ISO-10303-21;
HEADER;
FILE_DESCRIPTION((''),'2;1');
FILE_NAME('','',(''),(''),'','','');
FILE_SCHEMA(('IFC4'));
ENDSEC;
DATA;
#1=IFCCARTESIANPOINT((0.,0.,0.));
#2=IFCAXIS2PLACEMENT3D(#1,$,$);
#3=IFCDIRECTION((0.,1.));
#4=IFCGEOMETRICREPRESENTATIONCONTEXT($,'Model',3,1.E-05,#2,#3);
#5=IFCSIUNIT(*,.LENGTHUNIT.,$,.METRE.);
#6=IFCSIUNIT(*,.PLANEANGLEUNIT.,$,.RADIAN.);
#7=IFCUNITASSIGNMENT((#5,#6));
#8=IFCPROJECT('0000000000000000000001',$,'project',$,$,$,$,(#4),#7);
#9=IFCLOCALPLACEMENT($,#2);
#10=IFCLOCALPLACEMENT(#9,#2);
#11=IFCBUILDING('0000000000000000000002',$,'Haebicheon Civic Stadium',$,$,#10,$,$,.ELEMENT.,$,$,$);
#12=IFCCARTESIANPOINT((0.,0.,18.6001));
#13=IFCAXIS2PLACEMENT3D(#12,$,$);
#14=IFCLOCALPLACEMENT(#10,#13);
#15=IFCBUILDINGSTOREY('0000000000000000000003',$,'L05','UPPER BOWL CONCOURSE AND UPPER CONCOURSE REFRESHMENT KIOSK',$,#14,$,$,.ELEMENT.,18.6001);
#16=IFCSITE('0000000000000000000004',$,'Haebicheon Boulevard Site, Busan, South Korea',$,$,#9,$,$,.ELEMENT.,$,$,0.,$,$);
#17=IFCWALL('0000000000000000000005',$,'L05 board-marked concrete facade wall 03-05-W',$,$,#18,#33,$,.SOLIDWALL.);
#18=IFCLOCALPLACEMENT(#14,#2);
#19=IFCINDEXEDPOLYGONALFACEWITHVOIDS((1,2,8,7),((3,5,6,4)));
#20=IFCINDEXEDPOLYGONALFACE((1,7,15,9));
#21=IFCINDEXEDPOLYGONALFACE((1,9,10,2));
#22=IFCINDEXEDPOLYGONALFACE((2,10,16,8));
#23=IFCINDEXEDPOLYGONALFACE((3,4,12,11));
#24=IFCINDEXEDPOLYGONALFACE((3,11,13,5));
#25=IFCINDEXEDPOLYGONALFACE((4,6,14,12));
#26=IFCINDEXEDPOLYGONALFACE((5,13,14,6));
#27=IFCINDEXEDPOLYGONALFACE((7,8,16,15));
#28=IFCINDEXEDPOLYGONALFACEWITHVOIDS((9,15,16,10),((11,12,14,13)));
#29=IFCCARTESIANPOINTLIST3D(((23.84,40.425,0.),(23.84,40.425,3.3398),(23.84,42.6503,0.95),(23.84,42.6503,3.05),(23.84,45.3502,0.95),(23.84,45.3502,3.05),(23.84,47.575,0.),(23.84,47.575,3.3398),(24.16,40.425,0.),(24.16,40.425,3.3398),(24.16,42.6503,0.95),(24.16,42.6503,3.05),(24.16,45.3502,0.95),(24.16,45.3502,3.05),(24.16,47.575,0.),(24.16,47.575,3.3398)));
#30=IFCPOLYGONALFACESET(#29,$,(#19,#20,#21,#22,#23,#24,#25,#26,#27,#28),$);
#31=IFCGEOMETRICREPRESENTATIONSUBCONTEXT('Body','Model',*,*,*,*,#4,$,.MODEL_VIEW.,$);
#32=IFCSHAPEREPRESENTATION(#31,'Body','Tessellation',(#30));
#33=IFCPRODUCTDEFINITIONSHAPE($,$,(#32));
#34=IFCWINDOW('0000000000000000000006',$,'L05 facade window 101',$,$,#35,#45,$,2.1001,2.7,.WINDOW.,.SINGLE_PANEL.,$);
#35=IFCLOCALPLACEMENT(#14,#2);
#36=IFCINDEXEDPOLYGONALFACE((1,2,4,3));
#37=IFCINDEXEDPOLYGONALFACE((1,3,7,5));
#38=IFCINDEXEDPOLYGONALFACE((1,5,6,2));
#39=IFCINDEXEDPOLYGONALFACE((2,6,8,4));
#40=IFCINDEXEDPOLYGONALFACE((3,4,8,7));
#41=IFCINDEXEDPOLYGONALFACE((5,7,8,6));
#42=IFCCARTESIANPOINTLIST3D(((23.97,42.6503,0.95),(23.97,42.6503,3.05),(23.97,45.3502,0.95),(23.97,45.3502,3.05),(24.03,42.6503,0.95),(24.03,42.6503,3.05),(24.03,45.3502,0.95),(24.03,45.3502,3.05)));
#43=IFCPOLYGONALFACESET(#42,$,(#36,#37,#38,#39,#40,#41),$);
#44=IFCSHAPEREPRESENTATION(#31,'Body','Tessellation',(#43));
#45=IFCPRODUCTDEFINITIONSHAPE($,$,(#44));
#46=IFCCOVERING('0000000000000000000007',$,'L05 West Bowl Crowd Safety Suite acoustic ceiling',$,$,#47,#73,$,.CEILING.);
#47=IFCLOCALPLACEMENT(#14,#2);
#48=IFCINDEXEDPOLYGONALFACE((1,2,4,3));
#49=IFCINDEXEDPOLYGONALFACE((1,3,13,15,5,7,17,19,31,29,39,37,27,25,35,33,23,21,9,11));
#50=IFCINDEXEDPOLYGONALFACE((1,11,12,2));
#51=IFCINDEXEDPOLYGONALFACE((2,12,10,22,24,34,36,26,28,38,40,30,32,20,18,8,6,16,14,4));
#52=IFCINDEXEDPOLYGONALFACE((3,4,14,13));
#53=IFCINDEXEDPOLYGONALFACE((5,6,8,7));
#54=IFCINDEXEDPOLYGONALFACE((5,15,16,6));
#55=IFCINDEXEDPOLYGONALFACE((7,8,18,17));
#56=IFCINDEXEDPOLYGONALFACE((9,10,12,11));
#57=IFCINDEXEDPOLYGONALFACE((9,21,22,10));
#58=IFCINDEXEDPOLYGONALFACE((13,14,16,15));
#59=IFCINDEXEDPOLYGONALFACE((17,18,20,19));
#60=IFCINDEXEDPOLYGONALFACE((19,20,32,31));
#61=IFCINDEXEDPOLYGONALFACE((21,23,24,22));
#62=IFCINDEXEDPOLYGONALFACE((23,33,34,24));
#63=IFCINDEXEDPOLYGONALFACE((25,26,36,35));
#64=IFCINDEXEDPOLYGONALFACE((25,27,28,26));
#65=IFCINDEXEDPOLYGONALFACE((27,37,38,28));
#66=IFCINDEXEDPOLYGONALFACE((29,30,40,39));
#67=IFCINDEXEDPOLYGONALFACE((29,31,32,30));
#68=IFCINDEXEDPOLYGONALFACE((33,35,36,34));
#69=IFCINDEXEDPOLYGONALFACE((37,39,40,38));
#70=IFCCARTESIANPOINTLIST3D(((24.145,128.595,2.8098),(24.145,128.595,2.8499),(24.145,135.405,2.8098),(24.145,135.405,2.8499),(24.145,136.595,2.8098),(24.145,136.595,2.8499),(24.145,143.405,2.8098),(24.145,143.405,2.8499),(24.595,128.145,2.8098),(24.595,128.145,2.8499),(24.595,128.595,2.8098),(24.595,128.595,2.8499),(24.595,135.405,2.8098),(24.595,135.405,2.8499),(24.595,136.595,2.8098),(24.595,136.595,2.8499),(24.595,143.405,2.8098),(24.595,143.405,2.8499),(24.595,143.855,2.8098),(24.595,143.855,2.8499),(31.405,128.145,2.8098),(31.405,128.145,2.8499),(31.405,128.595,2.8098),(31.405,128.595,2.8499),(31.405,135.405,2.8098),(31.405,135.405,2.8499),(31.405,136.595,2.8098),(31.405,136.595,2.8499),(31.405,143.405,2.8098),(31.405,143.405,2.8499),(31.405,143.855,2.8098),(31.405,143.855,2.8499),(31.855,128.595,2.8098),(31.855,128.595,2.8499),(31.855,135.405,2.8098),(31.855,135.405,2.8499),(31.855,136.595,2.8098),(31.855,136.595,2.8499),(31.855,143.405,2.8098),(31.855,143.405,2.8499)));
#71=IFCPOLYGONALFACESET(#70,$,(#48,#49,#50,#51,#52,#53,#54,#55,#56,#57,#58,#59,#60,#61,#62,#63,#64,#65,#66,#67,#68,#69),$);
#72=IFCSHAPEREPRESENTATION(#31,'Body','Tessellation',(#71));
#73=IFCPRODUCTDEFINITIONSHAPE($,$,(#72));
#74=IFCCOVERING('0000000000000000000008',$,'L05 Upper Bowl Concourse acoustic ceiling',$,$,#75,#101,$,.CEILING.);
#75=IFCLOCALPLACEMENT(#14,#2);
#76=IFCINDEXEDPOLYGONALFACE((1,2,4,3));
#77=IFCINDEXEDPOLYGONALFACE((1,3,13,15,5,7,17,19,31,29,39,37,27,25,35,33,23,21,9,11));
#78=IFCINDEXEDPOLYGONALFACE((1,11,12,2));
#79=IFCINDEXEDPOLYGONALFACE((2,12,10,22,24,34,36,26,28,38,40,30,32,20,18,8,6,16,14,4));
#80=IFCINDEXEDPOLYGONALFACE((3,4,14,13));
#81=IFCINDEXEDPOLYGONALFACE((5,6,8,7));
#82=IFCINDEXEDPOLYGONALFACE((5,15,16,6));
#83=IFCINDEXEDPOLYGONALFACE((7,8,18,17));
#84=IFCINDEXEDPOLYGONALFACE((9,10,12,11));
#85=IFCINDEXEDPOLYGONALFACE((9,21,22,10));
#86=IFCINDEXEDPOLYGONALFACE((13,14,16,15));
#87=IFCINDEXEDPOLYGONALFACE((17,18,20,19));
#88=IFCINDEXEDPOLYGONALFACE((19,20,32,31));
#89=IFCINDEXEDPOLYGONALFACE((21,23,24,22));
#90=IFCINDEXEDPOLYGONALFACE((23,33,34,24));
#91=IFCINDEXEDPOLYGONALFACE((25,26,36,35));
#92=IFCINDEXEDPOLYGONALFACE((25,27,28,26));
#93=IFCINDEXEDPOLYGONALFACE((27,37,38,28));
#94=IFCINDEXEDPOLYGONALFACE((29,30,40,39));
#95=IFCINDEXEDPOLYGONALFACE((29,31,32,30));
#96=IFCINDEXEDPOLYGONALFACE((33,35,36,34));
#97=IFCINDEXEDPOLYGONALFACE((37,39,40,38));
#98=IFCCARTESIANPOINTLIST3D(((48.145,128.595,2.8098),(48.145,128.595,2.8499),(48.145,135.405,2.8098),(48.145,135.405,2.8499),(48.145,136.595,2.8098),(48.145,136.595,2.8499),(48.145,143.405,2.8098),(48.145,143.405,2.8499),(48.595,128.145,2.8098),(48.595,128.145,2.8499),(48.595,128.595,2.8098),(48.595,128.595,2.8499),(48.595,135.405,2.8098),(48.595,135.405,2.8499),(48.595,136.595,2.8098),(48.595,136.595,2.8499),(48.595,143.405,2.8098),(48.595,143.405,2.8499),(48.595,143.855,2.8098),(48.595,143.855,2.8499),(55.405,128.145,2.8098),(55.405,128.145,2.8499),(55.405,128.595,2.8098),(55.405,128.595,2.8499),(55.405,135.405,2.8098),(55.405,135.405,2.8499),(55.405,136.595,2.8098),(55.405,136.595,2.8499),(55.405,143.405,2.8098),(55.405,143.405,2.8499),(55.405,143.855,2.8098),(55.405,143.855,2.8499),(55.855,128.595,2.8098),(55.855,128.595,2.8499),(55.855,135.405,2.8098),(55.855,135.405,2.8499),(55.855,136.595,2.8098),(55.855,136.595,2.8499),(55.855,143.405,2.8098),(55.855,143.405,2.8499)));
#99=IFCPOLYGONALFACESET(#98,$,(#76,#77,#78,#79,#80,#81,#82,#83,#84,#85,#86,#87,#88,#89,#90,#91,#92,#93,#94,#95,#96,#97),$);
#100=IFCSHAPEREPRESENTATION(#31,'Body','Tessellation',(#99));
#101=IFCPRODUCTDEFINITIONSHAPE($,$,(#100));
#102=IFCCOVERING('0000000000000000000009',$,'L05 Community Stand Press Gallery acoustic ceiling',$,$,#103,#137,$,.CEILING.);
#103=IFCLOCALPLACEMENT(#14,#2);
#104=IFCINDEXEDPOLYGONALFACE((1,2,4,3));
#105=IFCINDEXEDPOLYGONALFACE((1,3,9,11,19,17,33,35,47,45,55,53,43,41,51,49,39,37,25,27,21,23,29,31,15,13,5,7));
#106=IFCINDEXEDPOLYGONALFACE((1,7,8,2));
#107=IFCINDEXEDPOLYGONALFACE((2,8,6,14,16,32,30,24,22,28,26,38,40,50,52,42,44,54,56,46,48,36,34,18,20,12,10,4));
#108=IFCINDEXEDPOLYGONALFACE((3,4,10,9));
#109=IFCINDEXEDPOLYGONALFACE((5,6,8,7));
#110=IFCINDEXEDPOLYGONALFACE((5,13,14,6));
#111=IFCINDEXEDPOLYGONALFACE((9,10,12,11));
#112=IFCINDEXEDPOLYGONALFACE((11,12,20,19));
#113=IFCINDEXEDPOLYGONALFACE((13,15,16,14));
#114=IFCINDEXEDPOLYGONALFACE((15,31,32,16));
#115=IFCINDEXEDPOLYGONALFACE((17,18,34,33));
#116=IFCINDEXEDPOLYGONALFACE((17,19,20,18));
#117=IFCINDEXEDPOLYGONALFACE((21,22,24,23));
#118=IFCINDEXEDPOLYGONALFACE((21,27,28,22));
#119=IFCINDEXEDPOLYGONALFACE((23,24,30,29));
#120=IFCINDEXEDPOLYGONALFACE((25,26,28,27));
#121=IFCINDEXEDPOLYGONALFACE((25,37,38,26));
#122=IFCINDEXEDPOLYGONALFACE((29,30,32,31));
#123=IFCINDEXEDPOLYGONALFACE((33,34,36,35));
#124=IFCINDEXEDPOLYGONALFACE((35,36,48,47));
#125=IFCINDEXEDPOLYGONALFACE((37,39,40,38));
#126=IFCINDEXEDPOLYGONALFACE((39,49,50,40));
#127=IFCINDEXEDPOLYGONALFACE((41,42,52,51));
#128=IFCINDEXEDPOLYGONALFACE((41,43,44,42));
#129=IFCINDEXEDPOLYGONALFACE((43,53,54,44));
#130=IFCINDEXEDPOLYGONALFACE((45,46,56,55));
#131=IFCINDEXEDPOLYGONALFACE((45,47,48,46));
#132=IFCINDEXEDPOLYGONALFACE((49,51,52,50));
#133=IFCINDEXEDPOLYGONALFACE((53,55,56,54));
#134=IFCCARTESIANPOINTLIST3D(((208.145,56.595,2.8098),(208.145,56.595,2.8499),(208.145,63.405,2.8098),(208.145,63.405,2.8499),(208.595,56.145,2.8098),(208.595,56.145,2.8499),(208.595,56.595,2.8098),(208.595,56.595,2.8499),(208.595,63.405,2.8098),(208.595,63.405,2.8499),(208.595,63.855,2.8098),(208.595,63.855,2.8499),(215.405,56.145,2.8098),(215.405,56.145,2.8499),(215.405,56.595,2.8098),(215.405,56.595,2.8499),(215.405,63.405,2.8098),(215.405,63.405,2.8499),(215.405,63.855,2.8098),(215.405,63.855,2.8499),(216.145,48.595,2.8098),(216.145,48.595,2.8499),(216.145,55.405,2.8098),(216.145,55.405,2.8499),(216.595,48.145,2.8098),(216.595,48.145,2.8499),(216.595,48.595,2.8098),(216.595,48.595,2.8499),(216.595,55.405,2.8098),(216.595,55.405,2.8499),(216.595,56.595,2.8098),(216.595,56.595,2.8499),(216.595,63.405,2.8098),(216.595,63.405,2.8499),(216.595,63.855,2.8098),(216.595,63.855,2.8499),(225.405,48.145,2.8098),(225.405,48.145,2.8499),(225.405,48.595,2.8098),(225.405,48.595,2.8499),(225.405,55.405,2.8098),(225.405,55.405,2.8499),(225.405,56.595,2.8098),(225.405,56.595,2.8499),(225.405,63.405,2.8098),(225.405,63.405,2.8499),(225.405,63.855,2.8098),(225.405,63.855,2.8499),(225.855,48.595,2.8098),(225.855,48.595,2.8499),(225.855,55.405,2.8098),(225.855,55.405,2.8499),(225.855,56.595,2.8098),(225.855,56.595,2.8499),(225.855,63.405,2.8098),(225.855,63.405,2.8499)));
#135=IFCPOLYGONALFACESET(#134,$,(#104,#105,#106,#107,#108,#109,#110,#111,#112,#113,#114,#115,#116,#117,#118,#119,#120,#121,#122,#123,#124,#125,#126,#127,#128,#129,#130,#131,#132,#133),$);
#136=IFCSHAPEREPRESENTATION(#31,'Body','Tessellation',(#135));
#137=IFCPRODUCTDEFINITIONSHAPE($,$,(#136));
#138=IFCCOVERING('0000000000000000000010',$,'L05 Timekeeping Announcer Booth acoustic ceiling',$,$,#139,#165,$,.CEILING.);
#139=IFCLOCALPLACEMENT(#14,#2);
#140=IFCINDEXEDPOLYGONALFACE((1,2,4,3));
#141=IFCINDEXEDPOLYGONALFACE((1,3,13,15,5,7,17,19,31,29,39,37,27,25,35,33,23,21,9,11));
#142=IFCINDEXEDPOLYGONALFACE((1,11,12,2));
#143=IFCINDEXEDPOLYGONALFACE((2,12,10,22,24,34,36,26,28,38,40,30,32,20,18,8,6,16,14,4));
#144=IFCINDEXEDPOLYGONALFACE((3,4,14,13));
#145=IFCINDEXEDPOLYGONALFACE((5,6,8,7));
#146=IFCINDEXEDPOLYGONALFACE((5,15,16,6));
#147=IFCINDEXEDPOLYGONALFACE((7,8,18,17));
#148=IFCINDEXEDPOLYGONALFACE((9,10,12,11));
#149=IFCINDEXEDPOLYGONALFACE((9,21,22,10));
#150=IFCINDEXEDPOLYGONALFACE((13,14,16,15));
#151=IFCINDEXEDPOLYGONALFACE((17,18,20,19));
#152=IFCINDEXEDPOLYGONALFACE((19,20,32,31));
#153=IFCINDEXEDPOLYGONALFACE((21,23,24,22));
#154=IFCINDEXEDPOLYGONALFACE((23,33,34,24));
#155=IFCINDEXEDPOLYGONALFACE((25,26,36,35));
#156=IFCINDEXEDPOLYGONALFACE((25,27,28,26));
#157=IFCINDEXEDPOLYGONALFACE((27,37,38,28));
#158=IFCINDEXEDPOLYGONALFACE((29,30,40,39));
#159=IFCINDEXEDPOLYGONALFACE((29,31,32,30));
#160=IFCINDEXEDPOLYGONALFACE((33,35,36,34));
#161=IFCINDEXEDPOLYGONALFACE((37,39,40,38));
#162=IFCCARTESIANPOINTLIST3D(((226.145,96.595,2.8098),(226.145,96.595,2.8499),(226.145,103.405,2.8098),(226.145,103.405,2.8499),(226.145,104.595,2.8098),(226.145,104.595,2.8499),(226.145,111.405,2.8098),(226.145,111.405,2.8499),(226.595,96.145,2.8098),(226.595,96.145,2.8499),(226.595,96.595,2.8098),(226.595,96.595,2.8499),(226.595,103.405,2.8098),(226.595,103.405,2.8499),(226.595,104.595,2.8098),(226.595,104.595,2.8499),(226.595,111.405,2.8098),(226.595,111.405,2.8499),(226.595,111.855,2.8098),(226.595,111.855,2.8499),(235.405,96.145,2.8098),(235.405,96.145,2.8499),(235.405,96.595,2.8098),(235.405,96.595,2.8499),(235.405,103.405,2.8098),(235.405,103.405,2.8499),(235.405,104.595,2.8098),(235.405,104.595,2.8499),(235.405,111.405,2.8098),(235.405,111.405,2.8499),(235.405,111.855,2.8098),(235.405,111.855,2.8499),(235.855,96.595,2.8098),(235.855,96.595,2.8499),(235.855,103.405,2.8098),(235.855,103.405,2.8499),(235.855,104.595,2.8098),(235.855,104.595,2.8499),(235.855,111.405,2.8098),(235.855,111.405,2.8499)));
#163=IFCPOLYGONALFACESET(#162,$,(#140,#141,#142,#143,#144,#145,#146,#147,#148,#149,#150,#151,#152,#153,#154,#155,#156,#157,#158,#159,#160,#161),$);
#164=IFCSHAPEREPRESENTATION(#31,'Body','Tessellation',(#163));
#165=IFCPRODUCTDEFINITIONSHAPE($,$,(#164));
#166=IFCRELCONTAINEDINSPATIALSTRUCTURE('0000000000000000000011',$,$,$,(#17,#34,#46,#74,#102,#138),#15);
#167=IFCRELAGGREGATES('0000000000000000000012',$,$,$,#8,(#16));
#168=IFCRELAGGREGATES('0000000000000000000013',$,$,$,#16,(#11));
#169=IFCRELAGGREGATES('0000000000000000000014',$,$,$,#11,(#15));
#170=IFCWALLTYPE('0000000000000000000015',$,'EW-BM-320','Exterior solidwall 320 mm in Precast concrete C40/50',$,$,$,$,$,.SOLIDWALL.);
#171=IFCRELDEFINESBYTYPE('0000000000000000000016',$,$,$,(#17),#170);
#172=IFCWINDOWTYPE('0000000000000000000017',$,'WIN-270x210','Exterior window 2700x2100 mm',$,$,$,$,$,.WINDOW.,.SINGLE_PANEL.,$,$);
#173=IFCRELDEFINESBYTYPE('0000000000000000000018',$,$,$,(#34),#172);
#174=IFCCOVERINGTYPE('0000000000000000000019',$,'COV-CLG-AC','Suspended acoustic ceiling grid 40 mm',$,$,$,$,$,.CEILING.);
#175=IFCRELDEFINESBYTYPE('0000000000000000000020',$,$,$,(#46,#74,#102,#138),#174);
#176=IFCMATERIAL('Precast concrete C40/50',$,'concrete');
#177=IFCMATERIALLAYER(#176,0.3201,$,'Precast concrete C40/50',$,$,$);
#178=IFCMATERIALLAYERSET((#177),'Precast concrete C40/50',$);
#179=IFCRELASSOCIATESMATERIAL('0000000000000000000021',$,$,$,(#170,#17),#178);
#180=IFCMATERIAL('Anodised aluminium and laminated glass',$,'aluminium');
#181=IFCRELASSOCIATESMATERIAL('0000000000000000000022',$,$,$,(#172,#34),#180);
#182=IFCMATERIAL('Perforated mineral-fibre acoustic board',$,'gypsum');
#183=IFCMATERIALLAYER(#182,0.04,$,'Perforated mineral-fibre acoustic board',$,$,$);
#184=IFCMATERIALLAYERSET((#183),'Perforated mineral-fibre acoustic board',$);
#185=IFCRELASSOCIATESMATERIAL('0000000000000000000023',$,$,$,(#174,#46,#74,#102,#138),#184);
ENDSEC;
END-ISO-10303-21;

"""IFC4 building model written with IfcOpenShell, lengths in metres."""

from ifc_helpers import new_model, si_unit, direction, frame, frame_2d, origin, place, context, subcontext, project, spatial, polyline, rectangle, outline, extrude, material, layer, layer_set, type_object, element, fill, save


model = new_model("IFC4")

# Units and contexts
model_context = context("Model", 3, precision=1e-05, world=origin(), true_north=direction((0.0, 1.0)))
body_context = subcontext(model_context, "Body", "Model", "MODEL_VIEW")
ifc_project = project(units=[si_unit("LENGTHUNIT", "METRE"), si_unit("PLANEANGLEUNIT", "RADIAN")], contexts=[model_context])

# Site, building, storey
site_placement = place(None, origin())
site = spatial("IfcSite", under=ifc_project, at=site_placement, Name="Haebicheon Boulevard Site, Busan, South Korea", CompositionType="ELEMENT", RefElevation=0.0)
building_placement = place(site_placement, origin())
building = spatial("IfcBuilding", under=site, at=building_placement, Name="Haebicheon Civic Stadium", CompositionType="ELEMENT")
storey_placement = place(building_placement, frame((0.0, 0.0, 18.6001)))
storey = spatial("IfcBuildingStorey", under=building, at=storey_placement, Name="L05", Description="UPPER BOWL CONCOURSE AND UPPER CONCOURSE REFRESHMENT KIOSK", CompositionType="ELEMENT", Elevation=18.6001)

# Wall, opening, window
ifc_material_1 = material(Name="Precast concrete C40/50", Category="concrete")
ifc_layer_1 = layer(ifc_material_1, 0.3201, Name="Precast concrete C40/50")
ifc_layer_set_1 = layer_set([ifc_layer_1], Name="Precast concrete C40/50")
wall_type = type_object("IfcWallType", Name="EW-BM-320", Description="Exterior solidwall 320 mm in Precast concrete C40/50", PredefinedType="SOLIDWALL", material=ifc_layer_set_1)
wall_1_placement = place(storey_placement, frame((24.0, 40.425, 0.0), z_axis=(0.0, 0.0, 1.0), x_axis=(0.0, 1.0, 0.0)))
wall_1 = element("IfcWall", 1, at=wall_1_placement, inside=storey, type_object=wall_type, material=ifc_layer_set_1, Name="L05 board-marked concrete facade wall 03-05-W", PredefinedType="SOLIDWALL", context=body_context, shape_type="SweptSolid", body=[
    extrude(rectangle(XDim=7.1499, YDim=0.3201, at=frame_2d((3.575, 0.0))), origin(), (0.0, 0.0, 1.0), 3.3398),
])
opening_1_placement = place(wall_1_placement, frame((2.2251, 0.0, 0.95)))
opening_1 = element("IfcOpeningElement", 2, at=opening_1_placement, cuts=wall_1, PredefinedType="OPENING", context=body_context, shape_type="SweptSolid", body=[
    extrude(rectangle(XDim=2.7, YDim=2.1001, at=frame_2d((1.3501, 1.05))), frame((0.0, 0.1699, 0.0), z_axis=(0.0, -1.0, 0.0), x_axis=(1.0, 0.0, 0.0)), (0.0, 0.0, 1.0), 0.3401),
])
ifc_material_2 = material(Name="Anodised aluminium and laminated glass", Category="aluminium")
window_type_1 = type_object("IfcWindowType", Name="WIN-270x210", Description="Exterior window 2700x2100 mm", PartitioningType="SINGLE_PANEL", PredefinedType="WINDOW", material=ifc_material_2)
window_1_placement = place(opening_1_placement, origin())
window_1 = element("IfcWindow", 3, at=window_1_placement, inside=storey, type_object=window_type_1, material=ifc_material_2, Name="L05 facade window 101", OverallHeight=2.1001, OverallWidth=2.7, PartitioningType="SINGLE_PANEL", PredefinedType="WINDOW", context=body_context, shape_type="SweptSolid", body=[
    extrude(rectangle(XDim=2.7, YDim=2.1001, at=frame_2d((1.3501, 1.05))), frame((0.0, 0.03, 0.0), z_axis=(0.0, -1.0, 0.0), x_axis=(1.0, 0.0, 0.0)), (0.0, 0.0, 1.0), 0.0601),
])
fill(opening_1, window_1)

# Coverings
ifc_material_3 = material(Name="Perforated mineral-fibre acoustic board", Category="gypsum")
ifc_layer_2 = layer(ifc_material_3, 0.04, Name="Perforated mineral-fibre acoustic board")
ifc_layer_set_2 = layer_set([ifc_layer_2], Name="Perforated mineral-fibre acoustic board")
covering_type_1 = type_object("IfcCoveringType", Name="COV-CLG-AC", Description="Suspended acoustic ceiling grid 40 mm", PredefinedType="CEILING", material=ifc_layer_set_2)
covering_1_placement = place(storey_placement, frame((0.0, 0.0, 2.8098)))
element("IfcCovering", 4, at=covering_1_placement, inside=storey, type_object=covering_type_1, material=ifc_layer_set_2, Name="L05 West Bowl Crowd Safety Suite acoustic ceiling", PredefinedType="CEILING", context=body_context, shape_type="SweptSolid", body=[
    extrude(outline(polyline([(24.595, 128.145), (24.595, 128.595), (24.145, 128.595), (24.145, 135.405), (24.595, 135.405), (24.595, 136.595), (24.145, 136.595), (24.145, 143.405), (24.595, 143.405), (24.595, 143.855), (31.405, 143.855), (31.405, 143.405), (31.855, 143.405), (31.855, 136.595), (31.405, 136.595), (31.405, 135.405), (31.855, 135.405), (31.855, 128.595), (31.405, 128.595), (31.405, 128.145), (24.595, 128.145)])), origin(), (0.0, 0.0, 1.0), 0.04),
])
covering_2_placement = place(storey_placement, frame((0.0, 0.0, 2.8098)))
element("IfcCovering", 5, at=covering_2_placement, inside=storey, type_object=covering_type_1, material=ifc_layer_set_2, Name="L05 Upper Bowl Concourse acoustic ceiling", PredefinedType="CEILING", context=body_context, shape_type="SweptSolid", body=[
    extrude(outline(polyline([(48.595, 128.145), (48.595, 128.595), (48.145, 128.595), (48.145, 135.405), (48.595, 135.405), (48.595, 136.595), (48.145, 136.595), (48.145, 143.405), (48.595, 143.405), (48.595, 143.855), (55.405, 143.855), (55.405, 143.405), (55.855, 143.405), (55.855, 136.595), (55.405, 136.595), (55.405, 135.405), (55.855, 135.405), (55.855, 128.595), (55.405, 128.595), (55.405, 128.145), (48.595, 128.145)])), origin(), (0.0, 0.0, 1.0), 0.04),
])
covering_3_placement = place(storey_placement, frame((0.0, 0.0, 2.8098)))
element("IfcCovering", 6, at=covering_3_placement, inside=storey, type_object=covering_type_1, material=ifc_layer_set_2, Name="L05 Community Stand Press Gallery acoustic ceiling", PredefinedType="CEILING", context=body_context, shape_type="SweptSolid", body=[
    extrude(outline(polyline([(216.595, 48.145), (216.595, 48.595), (216.145, 48.595), (216.145, 55.405), (216.595, 55.405), (216.595, 56.595), (215.405, 56.595), (215.405, 56.145), (208.595, 56.145), (208.595, 56.595), (208.145, 56.595), (208.145, 63.405), (208.595, 63.405), (208.595, 63.855), (215.405, 63.855), (215.405, 63.405), (216.595, 63.405), (216.595, 63.855), (225.405, 63.855), (225.405, 63.405), (225.855, 63.405), (225.855, 56.595), (225.405, 56.595), (225.405, 55.405), (225.855, 55.405), (225.855, 48.595), (225.405, 48.595), (225.405, 48.145), (216.595, 48.145)])), origin(), (0.0, 0.0, 1.0), 0.04),
])
covering_4_placement = place(storey_placement, frame((0.0, 0.0, 2.8098)))
element("IfcCovering", 7, at=covering_4_placement, inside=storey, type_object=covering_type_1, material=ifc_layer_set_2, Name="L05 Timekeeping Announcer Booth acoustic ceiling", PredefinedType="CEILING", context=body_context, shape_type="SweptSolid", body=[
    extrude(outline(polyline([(226.595, 96.145), (226.595, 96.595), (226.145, 96.595), (226.145, 103.405), (226.595, 103.405), (226.595, 104.595), (226.145, 104.595), (226.145, 111.405), (226.595, 111.405), (226.595, 111.855), (235.405, 111.855), (235.405, 111.405), (235.855, 111.405), (235.855, 104.595), (235.405, 104.595), (235.405, 103.405), (235.855, 103.405), (235.855, 96.595), (235.405, 96.595), (235.405, 96.145), (226.595, 96.145)])), origin(), (0.0, 0.0, 1.0), 0.04),
])

save(model, "model.ifc")
